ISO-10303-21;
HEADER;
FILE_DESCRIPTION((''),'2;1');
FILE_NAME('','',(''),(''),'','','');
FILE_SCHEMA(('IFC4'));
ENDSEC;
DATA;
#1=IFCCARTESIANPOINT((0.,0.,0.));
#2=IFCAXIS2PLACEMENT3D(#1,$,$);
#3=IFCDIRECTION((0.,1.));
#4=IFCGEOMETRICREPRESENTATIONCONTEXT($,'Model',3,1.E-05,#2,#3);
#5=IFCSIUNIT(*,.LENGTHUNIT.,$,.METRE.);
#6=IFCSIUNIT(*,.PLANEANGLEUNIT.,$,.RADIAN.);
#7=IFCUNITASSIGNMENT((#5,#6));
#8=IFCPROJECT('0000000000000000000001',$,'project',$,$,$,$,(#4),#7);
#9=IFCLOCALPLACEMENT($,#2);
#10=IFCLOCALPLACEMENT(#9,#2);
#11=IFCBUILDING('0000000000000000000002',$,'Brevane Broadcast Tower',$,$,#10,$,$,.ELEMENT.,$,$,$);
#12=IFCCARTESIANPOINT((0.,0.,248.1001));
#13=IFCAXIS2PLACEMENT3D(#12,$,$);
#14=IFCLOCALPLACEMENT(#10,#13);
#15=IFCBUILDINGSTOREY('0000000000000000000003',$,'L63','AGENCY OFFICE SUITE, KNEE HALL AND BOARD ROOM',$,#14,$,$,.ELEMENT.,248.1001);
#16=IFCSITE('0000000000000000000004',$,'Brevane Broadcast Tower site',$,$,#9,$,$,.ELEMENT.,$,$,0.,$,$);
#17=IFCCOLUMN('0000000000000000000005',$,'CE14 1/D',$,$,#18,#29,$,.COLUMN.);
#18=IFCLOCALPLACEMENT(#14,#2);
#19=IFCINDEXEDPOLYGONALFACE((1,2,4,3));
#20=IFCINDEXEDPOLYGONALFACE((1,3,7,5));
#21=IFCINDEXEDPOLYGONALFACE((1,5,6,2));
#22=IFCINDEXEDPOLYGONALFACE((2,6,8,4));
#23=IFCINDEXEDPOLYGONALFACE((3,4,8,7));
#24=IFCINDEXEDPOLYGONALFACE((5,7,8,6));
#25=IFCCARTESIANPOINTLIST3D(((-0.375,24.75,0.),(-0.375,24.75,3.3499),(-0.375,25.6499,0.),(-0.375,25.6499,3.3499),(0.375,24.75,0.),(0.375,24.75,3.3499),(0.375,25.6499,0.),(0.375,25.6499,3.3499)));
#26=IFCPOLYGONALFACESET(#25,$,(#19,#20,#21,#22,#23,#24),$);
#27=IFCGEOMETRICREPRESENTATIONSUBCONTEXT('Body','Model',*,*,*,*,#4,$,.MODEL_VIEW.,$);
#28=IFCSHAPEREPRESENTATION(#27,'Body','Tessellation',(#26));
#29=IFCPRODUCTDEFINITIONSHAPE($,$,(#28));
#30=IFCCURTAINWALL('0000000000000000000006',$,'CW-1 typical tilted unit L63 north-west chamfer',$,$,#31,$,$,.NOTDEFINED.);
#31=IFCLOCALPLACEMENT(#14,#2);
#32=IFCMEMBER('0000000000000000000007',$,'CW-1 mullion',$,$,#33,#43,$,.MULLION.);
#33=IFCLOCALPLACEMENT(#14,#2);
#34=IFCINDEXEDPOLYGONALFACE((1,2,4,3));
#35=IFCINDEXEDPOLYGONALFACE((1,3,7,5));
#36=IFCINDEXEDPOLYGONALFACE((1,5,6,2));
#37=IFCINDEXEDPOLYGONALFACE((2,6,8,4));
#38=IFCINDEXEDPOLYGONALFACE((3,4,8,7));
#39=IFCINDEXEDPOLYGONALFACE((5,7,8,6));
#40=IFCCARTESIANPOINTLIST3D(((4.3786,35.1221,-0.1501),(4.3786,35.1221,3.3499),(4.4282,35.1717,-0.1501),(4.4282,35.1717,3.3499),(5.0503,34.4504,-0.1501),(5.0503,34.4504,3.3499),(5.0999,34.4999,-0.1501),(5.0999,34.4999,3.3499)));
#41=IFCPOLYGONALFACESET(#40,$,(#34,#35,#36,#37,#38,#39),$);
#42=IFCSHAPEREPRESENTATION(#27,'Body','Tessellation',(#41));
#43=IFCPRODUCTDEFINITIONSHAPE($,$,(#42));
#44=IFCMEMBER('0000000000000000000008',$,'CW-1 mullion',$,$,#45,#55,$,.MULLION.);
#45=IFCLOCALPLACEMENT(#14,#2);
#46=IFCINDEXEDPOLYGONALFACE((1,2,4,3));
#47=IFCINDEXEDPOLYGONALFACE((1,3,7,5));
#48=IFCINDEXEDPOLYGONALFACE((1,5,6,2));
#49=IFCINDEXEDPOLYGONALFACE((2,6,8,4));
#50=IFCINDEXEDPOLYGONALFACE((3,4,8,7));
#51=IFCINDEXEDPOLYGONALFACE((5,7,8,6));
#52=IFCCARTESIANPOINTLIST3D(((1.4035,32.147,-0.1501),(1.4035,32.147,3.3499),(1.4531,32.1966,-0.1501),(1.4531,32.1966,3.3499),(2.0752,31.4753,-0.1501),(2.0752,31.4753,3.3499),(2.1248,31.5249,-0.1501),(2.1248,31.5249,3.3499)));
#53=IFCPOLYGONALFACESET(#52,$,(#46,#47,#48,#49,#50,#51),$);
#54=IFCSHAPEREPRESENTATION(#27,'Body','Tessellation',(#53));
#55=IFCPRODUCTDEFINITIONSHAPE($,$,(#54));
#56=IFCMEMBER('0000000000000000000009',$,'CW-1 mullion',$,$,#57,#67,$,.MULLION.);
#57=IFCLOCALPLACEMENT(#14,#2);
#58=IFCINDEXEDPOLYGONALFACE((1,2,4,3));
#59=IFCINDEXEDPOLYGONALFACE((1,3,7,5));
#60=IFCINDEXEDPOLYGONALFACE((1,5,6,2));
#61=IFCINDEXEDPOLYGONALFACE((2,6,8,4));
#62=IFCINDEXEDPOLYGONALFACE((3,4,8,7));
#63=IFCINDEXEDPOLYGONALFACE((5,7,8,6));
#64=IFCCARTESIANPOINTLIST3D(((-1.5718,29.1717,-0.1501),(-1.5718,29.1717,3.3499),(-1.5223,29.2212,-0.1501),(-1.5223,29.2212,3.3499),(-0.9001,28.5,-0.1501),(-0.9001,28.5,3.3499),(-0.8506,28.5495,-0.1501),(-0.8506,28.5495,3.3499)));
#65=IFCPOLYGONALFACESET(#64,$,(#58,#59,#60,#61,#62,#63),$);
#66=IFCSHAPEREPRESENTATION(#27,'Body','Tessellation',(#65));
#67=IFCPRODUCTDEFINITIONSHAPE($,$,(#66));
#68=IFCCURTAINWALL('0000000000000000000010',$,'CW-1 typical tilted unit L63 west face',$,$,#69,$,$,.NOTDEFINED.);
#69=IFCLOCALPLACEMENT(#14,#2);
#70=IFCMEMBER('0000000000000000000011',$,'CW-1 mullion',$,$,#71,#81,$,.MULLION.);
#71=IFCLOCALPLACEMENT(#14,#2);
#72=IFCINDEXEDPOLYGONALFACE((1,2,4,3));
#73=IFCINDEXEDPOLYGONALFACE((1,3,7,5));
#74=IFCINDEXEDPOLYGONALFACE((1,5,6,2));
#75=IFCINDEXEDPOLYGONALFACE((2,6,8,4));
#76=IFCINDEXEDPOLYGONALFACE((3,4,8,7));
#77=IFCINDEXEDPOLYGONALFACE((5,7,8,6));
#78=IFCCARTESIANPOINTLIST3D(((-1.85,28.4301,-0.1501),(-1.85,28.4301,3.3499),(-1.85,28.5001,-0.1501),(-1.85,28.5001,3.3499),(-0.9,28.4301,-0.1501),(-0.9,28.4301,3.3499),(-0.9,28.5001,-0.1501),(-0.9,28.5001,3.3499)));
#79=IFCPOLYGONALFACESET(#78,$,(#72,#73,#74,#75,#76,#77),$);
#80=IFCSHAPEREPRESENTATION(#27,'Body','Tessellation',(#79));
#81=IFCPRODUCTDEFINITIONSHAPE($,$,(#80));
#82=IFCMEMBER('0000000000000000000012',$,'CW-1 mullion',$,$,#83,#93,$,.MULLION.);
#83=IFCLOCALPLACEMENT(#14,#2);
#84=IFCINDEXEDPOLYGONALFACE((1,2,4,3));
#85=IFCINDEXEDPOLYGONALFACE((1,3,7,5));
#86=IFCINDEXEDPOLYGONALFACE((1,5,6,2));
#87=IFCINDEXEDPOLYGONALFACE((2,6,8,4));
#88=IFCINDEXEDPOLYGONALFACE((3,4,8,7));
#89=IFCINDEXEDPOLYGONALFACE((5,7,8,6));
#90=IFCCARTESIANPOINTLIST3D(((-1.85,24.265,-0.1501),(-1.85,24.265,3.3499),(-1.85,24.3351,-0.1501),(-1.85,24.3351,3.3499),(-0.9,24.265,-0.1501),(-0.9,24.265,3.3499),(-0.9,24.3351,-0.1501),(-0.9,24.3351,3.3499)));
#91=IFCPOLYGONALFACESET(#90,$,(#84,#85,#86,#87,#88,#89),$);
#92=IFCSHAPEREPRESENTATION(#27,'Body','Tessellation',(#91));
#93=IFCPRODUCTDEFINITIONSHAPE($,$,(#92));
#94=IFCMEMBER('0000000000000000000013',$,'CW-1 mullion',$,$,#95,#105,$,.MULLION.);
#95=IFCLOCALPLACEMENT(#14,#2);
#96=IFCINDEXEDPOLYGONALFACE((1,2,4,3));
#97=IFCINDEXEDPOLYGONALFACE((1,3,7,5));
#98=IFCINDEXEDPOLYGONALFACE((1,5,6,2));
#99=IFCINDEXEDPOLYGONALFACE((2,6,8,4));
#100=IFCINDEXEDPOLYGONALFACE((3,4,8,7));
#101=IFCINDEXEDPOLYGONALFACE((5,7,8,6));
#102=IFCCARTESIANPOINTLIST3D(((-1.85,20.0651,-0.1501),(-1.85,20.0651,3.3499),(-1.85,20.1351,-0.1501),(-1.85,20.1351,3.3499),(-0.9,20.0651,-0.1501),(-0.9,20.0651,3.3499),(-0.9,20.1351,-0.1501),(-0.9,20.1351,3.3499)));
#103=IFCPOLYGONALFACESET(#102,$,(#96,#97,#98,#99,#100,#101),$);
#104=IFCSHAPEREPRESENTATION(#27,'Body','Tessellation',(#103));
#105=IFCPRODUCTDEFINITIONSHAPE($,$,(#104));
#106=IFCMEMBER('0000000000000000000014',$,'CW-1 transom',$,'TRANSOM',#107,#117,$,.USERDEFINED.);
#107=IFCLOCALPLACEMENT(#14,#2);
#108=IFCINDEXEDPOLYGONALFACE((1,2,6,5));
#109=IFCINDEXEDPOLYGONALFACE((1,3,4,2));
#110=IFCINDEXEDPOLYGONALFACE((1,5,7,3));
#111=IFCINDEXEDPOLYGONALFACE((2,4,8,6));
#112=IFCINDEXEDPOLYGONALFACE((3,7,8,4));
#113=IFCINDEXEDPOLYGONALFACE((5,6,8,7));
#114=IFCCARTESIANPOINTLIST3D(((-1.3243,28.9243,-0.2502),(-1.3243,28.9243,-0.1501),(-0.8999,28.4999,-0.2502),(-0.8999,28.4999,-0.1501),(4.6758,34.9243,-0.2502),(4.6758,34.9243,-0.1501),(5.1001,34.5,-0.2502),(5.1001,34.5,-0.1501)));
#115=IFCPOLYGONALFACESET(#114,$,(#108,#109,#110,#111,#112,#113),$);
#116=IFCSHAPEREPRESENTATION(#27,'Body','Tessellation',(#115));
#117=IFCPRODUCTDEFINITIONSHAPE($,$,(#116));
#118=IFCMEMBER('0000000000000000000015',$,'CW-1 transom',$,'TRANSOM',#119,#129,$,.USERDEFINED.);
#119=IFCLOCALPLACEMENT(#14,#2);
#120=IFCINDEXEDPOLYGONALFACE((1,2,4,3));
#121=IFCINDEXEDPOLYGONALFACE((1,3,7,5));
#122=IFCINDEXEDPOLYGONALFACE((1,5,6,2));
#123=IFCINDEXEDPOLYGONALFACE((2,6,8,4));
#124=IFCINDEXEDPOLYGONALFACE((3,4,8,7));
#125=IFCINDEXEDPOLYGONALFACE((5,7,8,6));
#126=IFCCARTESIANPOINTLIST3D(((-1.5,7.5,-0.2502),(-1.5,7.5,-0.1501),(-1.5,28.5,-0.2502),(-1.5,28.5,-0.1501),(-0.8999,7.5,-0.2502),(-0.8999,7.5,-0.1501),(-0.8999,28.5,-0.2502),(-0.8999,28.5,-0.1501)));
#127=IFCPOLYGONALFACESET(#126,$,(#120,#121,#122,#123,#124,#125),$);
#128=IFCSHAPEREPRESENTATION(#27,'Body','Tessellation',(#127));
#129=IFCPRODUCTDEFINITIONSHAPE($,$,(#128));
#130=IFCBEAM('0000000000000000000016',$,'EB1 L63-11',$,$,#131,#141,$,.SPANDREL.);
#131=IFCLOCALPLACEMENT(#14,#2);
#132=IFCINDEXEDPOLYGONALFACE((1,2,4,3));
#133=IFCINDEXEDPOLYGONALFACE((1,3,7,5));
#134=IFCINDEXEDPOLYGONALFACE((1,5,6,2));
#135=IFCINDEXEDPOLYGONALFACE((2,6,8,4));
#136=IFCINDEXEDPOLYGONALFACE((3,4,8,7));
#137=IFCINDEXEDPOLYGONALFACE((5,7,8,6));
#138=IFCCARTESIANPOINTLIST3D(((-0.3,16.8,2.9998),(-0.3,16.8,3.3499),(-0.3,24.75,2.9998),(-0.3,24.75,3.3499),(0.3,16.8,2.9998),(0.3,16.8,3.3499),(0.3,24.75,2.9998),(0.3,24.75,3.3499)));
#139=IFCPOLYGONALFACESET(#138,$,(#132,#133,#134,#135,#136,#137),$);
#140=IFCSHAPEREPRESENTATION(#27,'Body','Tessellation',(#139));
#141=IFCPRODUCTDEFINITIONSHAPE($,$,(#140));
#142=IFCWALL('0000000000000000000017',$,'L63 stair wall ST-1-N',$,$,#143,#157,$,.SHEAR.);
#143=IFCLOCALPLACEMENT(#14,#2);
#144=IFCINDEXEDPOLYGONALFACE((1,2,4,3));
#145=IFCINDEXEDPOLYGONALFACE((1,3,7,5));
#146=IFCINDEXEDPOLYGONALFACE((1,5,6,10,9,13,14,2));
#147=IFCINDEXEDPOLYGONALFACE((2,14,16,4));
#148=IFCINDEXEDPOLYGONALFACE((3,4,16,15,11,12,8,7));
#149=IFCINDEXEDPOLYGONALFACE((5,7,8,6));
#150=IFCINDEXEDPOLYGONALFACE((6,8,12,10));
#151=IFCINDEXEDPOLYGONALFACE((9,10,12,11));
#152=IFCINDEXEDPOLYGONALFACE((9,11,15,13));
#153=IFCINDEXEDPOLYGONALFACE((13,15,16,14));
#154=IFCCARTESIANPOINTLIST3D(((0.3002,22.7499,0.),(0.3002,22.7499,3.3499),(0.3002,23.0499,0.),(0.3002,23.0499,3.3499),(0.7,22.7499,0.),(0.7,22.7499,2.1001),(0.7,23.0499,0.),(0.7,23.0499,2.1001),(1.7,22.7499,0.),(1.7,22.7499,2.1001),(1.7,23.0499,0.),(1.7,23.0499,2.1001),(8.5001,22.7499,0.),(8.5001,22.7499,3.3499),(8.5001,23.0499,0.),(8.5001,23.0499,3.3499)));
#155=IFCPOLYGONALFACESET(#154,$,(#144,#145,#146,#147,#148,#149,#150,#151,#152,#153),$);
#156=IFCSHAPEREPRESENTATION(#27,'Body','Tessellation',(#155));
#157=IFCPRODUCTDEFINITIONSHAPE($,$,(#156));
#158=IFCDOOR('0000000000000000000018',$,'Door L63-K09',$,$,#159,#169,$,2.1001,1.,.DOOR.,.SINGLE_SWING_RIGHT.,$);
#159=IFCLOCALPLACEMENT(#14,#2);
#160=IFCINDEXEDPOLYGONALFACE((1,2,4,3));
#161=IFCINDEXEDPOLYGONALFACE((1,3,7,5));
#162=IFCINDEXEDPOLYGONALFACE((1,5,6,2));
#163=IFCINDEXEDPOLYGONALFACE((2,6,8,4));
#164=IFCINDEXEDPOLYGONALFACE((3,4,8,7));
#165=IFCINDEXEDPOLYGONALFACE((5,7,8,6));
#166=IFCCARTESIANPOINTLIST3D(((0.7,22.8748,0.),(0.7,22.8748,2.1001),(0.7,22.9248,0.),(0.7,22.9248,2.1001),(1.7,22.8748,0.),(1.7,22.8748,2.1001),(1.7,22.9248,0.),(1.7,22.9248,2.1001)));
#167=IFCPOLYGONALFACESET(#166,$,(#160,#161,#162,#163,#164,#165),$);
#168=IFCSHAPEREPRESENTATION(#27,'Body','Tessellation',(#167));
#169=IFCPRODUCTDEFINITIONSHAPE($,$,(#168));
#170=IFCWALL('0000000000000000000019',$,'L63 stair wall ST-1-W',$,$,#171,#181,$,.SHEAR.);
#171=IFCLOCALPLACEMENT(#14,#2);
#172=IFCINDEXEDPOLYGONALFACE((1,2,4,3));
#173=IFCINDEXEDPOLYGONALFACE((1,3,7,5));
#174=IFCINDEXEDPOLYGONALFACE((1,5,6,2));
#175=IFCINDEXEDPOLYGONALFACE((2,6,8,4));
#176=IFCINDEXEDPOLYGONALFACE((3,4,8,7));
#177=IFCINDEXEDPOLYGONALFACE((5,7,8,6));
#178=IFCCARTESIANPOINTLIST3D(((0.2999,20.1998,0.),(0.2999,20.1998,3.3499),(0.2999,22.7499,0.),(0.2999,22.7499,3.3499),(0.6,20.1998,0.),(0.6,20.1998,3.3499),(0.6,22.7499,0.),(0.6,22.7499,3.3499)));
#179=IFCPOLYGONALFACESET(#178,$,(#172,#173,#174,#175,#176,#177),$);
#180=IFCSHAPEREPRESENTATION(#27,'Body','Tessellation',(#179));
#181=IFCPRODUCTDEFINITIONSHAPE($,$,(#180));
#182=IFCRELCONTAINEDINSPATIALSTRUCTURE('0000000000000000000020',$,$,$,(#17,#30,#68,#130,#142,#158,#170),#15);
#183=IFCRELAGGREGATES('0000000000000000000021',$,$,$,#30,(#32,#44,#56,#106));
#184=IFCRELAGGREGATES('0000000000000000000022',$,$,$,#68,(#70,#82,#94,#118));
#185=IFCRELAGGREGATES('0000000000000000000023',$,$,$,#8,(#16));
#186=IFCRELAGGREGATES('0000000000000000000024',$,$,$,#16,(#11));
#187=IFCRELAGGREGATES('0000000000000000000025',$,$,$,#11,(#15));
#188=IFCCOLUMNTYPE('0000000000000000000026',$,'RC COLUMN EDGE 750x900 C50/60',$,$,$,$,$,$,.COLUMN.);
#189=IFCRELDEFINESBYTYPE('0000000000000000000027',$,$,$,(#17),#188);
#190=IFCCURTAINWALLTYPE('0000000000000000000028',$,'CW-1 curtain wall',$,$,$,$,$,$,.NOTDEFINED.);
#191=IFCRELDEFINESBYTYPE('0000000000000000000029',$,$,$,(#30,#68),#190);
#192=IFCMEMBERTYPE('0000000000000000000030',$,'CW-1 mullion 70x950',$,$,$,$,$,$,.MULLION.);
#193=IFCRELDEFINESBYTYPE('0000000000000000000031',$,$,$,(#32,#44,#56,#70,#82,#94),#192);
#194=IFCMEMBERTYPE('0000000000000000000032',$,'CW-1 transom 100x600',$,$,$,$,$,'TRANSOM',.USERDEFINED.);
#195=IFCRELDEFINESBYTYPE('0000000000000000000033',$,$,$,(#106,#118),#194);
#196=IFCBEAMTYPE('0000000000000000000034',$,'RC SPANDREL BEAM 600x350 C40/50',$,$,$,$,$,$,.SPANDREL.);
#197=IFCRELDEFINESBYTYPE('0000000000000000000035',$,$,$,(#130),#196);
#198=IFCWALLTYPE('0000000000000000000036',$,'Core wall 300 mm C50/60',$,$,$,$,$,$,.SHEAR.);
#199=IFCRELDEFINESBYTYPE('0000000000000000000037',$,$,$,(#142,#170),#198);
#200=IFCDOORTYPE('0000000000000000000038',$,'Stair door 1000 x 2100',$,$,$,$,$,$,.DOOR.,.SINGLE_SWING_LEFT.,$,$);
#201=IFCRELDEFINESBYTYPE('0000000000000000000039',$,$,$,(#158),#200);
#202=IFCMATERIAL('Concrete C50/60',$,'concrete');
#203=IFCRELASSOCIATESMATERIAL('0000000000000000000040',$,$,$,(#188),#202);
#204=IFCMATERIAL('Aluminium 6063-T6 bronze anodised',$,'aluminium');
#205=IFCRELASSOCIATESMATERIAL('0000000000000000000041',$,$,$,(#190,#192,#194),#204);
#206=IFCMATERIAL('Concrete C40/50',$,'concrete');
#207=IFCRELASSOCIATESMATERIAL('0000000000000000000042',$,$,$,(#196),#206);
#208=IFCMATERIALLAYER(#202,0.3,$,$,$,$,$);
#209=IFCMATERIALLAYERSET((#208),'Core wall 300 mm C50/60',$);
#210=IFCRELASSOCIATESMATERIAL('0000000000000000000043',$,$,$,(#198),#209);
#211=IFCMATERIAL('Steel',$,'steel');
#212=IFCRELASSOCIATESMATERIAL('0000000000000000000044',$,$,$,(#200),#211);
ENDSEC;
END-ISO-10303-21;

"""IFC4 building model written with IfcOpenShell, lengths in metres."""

from ifc_helpers import new_model, si_unit, direction, frame, frame_2d, origin, origin_2d, place, context, subcontext, project, spatial, rectangle, extrude, material, layer, layer_set, material_profile, profile_set, type_object, element, fill, aggregate, save


model = new_model("IFC4")

# Units and contexts
model_context = context("Model", 3, precision=1e-05, world=origin(), true_north=direction((0.0, 1.0)))
body_context = subcontext(model_context, "Body", "Model", "MODEL_VIEW")
ifc_project = project(units=[si_unit("LENGTHUNIT", "METRE"), si_unit("PLANEANGLEUNIT", "RADIAN")], contexts=[model_context])

# Site, building, storey
site_placement = place(None, origin())
site = spatial("IfcSite", under=ifc_project, at=site_placement, Name="Brevane Broadcast Tower site", CompositionType="ELEMENT", RefElevation=0.0)
building_placement = place(site_placement, origin())
building = spatial("IfcBuilding", under=site, at=building_placement, Name="Brevane Broadcast Tower", CompositionType="ELEMENT")
storey_placement = place(building_placement, frame((0.0, 0.0, 248.1001)))
storey = spatial("IfcBuildingStorey", under=building, at=storey_placement, Name="L63", Description="AGENCY OFFICE SUITE, KNEE HALL AND BOARD ROOM", CompositionType="ELEMENT", Elevation=248.1001)

# Column
ifc_material_1 = material(Name="Concrete C50/60", Category="concrete")
ifc_material_profile_1 = material_profile(ifc_material_1, rectangle(XDim=0.75, YDim=0.8999, at=origin_2d()), Name="RC 750x900")
ifc_profile_set_1 = profile_set([ifc_material_profile_1], Name="Concrete C50/60")
column_type = type_object("IfcColumnType", Name="RC COLUMN EDGE 750x900 C50/60", PredefinedType="COLUMN", material=ifc_profile_set_1)
column_placement = place(storey_placement, frame((0.0, 25.2, 0.0), z_axis=(0.0, 0.0, 1.0), x_axis=(1.0, 0.0, 0.0)))
element("IfcColumn", 1, at=column_placement, inside=storey, type_object=column_type, Name="CE14 1/D", PredefinedType="COLUMN", context=body_context, shape_type="SweptSolid", body=[
    extrude(rectangle(XDim=0.75, YDim=0.8999, at=origin_2d()), origin(), (0.0, 0.0, 1.0), 3.3499),
])

# Curtain walls, members
ifc_material_2 = material(Name="Aluminium 6063-T6 bronze anodised", Category="aluminium")
curtain_wall_type = type_object("IfcCurtainWallType", Name="CW-1 curtain wall", PredefinedType="NOTDEFINED", material=ifc_material_2)
curtain_wall_1_placement = place(storey_placement, origin())
curtain_wall_1 = element("IfcCurtainWall", 2, at=curtain_wall_1_placement, inside=storey, type_object=curtain_wall_type, Name="CW-1 typical tilted unit L63 north-west chamfer", PredefinedType="NOTDEFINED")
ifc_material_profile_2 = material_profile(ifc_material_2, rectangle(XDim=0.95, YDim=0.0701, at=origin_2d()), Name="RECT 70x950")
ifc_profile_set_2 = profile_set([ifc_material_profile_2], Name="Aluminium 6063-T6 bronze anodised")
member_type_1 = type_object("IfcMemberType", Name="CW-1 mullion 70x950", PredefinedType="MULLION", material=ifc_profile_set_2)
member_1_placement = place(storey_placement, frame((4.7393, 34.811, -0.1501), z_axis=(0.0, 0.0, 1.0), x_axis=(0.707107, -0.707107, 0.0)))
member_1 = element("IfcMember", 3, at=member_1_placement, type_object=member_type_1, Name="CW-1 mullion", PredefinedType="MULLION", context=body_context, shape_type="SweptSolid", body=[
    extrude(rectangle(XDim=0.95, YDim=0.0701, at=origin_2d()), origin(), (0.0, 0.0, 1.0), 3.5),
])
member_2_placement = place(storey_placement, frame((1.7642, 31.8359, -0.1501), z_axis=(0.0, 0.0, 1.0), x_axis=(0.707107, -0.707107, 0.0)))
member_2 = element("IfcMember", 4, at=member_2_placement, type_object=member_type_1, Name="CW-1 mullion", PredefinedType="MULLION", context=body_context, shape_type="SweptSolid", body=[
    extrude(rectangle(XDim=0.95, YDim=0.0701, at=origin_2d()), origin(), (0.0, 0.0, 1.0), 3.5),
])
member_3_placement = place(storey_placement, frame((-1.2112, 28.8606, -0.1501), z_axis=(0.0, 0.0, 1.0), x_axis=(0.707107, -0.707107, 0.0)))
member_3 = element("IfcMember", 5, at=member_3_placement, type_object=member_type_1, Name="CW-1 mullion", PredefinedType="MULLION", context=body_context, shape_type="SweptSolid", body=[
    extrude(rectangle(XDim=0.95, YDim=0.0701, at=origin_2d()), origin(), (0.0, 0.0, 1.0), 3.5),
])
curtain_wall_2_placement = place(storey_placement, origin())
curtain_wall_2 = element("IfcCurtainWall", 6, at=curtain_wall_2_placement, inside=storey, type_object=curtain_wall_type, Name="CW-1 typical tilted unit L63 west face", PredefinedType="NOTDEFINED")
member_4_placement = place(storey_placement, frame((-1.375, 28.4651, -0.1501), z_axis=(0.0, 0.0, 1.0), x_axis=(1.0, 0.0, 0.0)))
member_4 = element("IfcMember", 7, at=member_4_placement, type_object=member_type_1, Name="CW-1 mullion", PredefinedType="MULLION", context=body_context, shape_type="SweptSolid", body=[
    extrude(rectangle(XDim=0.95, YDim=0.0701, at=origin_2d()), origin(), (0.0, 0.0, 1.0), 3.5),
])
member_5_placement = place(storey_placement, frame((-1.375, 24.3, -0.1501), z_axis=(0.0, 0.0, 1.0), x_axis=(1.0, 0.0, 0.0)))
member_5 = element("IfcMember", 8, at=member_5_placement, type_object=member_type_1, Name="CW-1 mullion", PredefinedType="MULLION", context=body_context, shape_type="SweptSolid", body=[
    extrude(rectangle(XDim=0.95, YDim=0.0701, at=origin_2d()), origin(), (0.0, 0.0, 1.0), 3.5),
])
member_6_placement = place(storey_placement, frame((-1.375, 20.1001, -0.1501), z_axis=(0.0, 0.0, 1.0), x_axis=(1.0, 0.0, 0.0)))
member_6 = element("IfcMember", 9, at=member_6_placement, type_object=member_type_1, Name="CW-1 mullion", PredefinedType="MULLION", context=body_context, shape_type="SweptSolid", body=[
    extrude(rectangle(XDim=0.95, YDim=0.0701, at=origin_2d()), origin(), (0.0, 0.0, 1.0), 3.5),
])

# Members
ifc_material_profile_3 = material_profile(ifc_material_2, rectangle(XDim=0.6001, YDim=0.1001, at=origin_2d()), Name="RECT 100x600")
ifc_profile_set_3 = profile_set([ifc_material_profile_3], Name="Aluminium 6063-T6 bronze anodised")
member_type_2 = type_object("IfcMemberType", Name="CW-1 transom 100x600", ElementType="TRANSOM", PredefinedType="USERDEFINED", material=ifc_profile_set_3)
member_7_placement = place(storey_placement, frame((4.8879, 34.7122, -0.2002), z_axis=(-0.707107, -0.707107, 0.0), x_axis=(0.707107, -0.707107, 0.0)))
member_7 = element("IfcMember", 10, at=member_7_placement, type_object=member_type_2, Name="CW-1 transom", ObjectType="TRANSOM", PredefinedType="USERDEFINED", context=body_context, shape_type="SweptSolid", body=[
    extrude(rectangle(XDim=0.6001, YDim=0.1001, at=origin_2d()), origin(), (0.0, 0.0, 1.0), 8.4854),
])
aggregate(curtain_wall_1, [member_1, member_2, member_3, member_7])
member_8_placement = place(storey_placement, frame((-1.2, 28.5, -0.2002), z_axis=(0.0, -1.0, 0.0), x_axis=(1.0, 0.0, 0.0)))
member_8 = element("IfcMember", 11, at=member_8_placement, type_object=member_type_2, Name="CW-1 transom", ObjectType="TRANSOM", PredefinedType="USERDEFINED", context=body_context, shape_type="SweptSolid", body=[
    extrude(rectangle(XDim=0.6001, YDim=0.1001, at=origin_2d()), origin(), (0.0, 0.0, 1.0), 21.0),
])
aggregate(curtain_wall_2, [member_4, member_5, member_6, member_8])

# Beam
ifc_material_3 = material(Name="Concrete C40/50", Category="concrete")
ifc_material_profile_4 = material_profile(ifc_material_3, rectangle(XDim=0.6001, YDim=0.3501, at=origin_2d()), Name="RC 600x350")
ifc_profile_set_4 = profile_set([ifc_material_profile_4], Name="Concrete C40/50")
beam_type = type_object("IfcBeamType", Name="RC SPANDREL BEAM 600x350 C40/50", PredefinedType="SPANDREL", material=ifc_profile_set_4)
beam_placement = place(storey_placement, frame((0.0, 24.75, 3.1748), z_axis=(0.0, -1.0, 0.0), x_axis=(1.0, 0.0, 0.0)))
element("IfcBeam", 12, at=beam_placement, inside=storey, type_object=beam_type, Name="EB1 L63-11", PredefinedType="SPANDREL", context=body_context, shape_type="SweptSolid", body=[
    extrude(rectangle(XDim=0.6001, YDim=0.3501, at=origin_2d()), origin(), (0.0, 0.0, 1.0), 7.95),
])

# Wall, opening, door
ifc_layer = layer(ifc_material_1, 0.3)
ifc_layer_set = layer_set([ifc_layer], Name="Core wall 300 mm C50/60")
wall_type = type_object("IfcWallType", Name="Core wall 300 mm C50/60", PredefinedType="SHEAR", material=ifc_layer_set)
wall_1_placement = place(storey_placement, frame((0.3, 22.8999, 0.0), z_axis=(0.0, 0.0, 1.0), x_axis=(1.0, 0.0, 0.0)))
wall_1 = element("IfcWall", 13, at=wall_1_placement, inside=storey, type_object=wall_type, Name="L63 stair wall ST-1-N", PredefinedType="SHEAR", context=body_context, shape_type="SweptSolid", body=[
    extrude(rectangle(XDim=8.2, YDim=0.3, at=frame_2d((4.1001, 0.0))), origin(), (0.0, 0.0, 1.0), 3.3499),
])
opening_placement = place(wall_1_placement, frame((0.3999, 0.0, 0.0)))
opening = element("IfcOpeningElement", 14, at=opening_placement, cuts=wall_1, PredefinedType="OPENING", context=body_context, shape_type="SweptSolid", body=[
    extrude(rectangle(XDim=1.0, YDim=2.1001, at=frame_2d((0.5, 1.05))), frame((0.0, 0.1599, 0.0), z_axis=(0.0, -1.0, 0.0), x_axis=(1.0, 0.0, 0.0)), (0.0, 0.0, 1.0), 0.3201),
])
ifc_material_4 = material(Name="Steel", Category="steel")
door_type = type_object("IfcDoorType", Name="Stair door 1000 x 2100", OperationType="SINGLE_SWING_LEFT", PredefinedType="DOOR", material=ifc_material_4)
door_placement = place(opening_placement, origin())
door = element("IfcDoor", 15, at=door_placement, inside=storey, type_object=door_type, Name="Door L63-K09", OperationType="SINGLE_SWING_RIGHT", OverallHeight=2.1001, OverallWidth=1.0, PredefinedType="DOOR", context=body_context, shape_type="SweptSolid", body=[
    extrude(rectangle(XDim=1.0, YDim=2.1001, at=frame_2d((0.5, 1.05))), frame((0.0, 0.0249, 0.0), z_axis=(0.0, -1.0, 0.0), x_axis=(1.0, 0.0, 0.0)), (0.0, 0.0, 1.0), 0.05),
])
fill(opening, door)

# Wall
wall_2_placement = place(storey_placement, frame((0.45, 20.2, 0.0), z_axis=(0.0, 0.0, 1.0), x_axis=(0.0, 1.0, 0.0)))
element("IfcWall", 16, at=wall_2_placement, inside=storey, type_object=wall_type, Name="L63 stair wall ST-1-W", PredefinedType="SHEAR", context=body_context, shape_type="SweptSolid", body=[
    extrude(rectangle(XDim=2.55, YDim=0.3, at=frame_2d((1.2749, 0.0))), origin(), (0.0, 0.0, 1.0), 3.3499),
])

save(model, "model.ifc")
